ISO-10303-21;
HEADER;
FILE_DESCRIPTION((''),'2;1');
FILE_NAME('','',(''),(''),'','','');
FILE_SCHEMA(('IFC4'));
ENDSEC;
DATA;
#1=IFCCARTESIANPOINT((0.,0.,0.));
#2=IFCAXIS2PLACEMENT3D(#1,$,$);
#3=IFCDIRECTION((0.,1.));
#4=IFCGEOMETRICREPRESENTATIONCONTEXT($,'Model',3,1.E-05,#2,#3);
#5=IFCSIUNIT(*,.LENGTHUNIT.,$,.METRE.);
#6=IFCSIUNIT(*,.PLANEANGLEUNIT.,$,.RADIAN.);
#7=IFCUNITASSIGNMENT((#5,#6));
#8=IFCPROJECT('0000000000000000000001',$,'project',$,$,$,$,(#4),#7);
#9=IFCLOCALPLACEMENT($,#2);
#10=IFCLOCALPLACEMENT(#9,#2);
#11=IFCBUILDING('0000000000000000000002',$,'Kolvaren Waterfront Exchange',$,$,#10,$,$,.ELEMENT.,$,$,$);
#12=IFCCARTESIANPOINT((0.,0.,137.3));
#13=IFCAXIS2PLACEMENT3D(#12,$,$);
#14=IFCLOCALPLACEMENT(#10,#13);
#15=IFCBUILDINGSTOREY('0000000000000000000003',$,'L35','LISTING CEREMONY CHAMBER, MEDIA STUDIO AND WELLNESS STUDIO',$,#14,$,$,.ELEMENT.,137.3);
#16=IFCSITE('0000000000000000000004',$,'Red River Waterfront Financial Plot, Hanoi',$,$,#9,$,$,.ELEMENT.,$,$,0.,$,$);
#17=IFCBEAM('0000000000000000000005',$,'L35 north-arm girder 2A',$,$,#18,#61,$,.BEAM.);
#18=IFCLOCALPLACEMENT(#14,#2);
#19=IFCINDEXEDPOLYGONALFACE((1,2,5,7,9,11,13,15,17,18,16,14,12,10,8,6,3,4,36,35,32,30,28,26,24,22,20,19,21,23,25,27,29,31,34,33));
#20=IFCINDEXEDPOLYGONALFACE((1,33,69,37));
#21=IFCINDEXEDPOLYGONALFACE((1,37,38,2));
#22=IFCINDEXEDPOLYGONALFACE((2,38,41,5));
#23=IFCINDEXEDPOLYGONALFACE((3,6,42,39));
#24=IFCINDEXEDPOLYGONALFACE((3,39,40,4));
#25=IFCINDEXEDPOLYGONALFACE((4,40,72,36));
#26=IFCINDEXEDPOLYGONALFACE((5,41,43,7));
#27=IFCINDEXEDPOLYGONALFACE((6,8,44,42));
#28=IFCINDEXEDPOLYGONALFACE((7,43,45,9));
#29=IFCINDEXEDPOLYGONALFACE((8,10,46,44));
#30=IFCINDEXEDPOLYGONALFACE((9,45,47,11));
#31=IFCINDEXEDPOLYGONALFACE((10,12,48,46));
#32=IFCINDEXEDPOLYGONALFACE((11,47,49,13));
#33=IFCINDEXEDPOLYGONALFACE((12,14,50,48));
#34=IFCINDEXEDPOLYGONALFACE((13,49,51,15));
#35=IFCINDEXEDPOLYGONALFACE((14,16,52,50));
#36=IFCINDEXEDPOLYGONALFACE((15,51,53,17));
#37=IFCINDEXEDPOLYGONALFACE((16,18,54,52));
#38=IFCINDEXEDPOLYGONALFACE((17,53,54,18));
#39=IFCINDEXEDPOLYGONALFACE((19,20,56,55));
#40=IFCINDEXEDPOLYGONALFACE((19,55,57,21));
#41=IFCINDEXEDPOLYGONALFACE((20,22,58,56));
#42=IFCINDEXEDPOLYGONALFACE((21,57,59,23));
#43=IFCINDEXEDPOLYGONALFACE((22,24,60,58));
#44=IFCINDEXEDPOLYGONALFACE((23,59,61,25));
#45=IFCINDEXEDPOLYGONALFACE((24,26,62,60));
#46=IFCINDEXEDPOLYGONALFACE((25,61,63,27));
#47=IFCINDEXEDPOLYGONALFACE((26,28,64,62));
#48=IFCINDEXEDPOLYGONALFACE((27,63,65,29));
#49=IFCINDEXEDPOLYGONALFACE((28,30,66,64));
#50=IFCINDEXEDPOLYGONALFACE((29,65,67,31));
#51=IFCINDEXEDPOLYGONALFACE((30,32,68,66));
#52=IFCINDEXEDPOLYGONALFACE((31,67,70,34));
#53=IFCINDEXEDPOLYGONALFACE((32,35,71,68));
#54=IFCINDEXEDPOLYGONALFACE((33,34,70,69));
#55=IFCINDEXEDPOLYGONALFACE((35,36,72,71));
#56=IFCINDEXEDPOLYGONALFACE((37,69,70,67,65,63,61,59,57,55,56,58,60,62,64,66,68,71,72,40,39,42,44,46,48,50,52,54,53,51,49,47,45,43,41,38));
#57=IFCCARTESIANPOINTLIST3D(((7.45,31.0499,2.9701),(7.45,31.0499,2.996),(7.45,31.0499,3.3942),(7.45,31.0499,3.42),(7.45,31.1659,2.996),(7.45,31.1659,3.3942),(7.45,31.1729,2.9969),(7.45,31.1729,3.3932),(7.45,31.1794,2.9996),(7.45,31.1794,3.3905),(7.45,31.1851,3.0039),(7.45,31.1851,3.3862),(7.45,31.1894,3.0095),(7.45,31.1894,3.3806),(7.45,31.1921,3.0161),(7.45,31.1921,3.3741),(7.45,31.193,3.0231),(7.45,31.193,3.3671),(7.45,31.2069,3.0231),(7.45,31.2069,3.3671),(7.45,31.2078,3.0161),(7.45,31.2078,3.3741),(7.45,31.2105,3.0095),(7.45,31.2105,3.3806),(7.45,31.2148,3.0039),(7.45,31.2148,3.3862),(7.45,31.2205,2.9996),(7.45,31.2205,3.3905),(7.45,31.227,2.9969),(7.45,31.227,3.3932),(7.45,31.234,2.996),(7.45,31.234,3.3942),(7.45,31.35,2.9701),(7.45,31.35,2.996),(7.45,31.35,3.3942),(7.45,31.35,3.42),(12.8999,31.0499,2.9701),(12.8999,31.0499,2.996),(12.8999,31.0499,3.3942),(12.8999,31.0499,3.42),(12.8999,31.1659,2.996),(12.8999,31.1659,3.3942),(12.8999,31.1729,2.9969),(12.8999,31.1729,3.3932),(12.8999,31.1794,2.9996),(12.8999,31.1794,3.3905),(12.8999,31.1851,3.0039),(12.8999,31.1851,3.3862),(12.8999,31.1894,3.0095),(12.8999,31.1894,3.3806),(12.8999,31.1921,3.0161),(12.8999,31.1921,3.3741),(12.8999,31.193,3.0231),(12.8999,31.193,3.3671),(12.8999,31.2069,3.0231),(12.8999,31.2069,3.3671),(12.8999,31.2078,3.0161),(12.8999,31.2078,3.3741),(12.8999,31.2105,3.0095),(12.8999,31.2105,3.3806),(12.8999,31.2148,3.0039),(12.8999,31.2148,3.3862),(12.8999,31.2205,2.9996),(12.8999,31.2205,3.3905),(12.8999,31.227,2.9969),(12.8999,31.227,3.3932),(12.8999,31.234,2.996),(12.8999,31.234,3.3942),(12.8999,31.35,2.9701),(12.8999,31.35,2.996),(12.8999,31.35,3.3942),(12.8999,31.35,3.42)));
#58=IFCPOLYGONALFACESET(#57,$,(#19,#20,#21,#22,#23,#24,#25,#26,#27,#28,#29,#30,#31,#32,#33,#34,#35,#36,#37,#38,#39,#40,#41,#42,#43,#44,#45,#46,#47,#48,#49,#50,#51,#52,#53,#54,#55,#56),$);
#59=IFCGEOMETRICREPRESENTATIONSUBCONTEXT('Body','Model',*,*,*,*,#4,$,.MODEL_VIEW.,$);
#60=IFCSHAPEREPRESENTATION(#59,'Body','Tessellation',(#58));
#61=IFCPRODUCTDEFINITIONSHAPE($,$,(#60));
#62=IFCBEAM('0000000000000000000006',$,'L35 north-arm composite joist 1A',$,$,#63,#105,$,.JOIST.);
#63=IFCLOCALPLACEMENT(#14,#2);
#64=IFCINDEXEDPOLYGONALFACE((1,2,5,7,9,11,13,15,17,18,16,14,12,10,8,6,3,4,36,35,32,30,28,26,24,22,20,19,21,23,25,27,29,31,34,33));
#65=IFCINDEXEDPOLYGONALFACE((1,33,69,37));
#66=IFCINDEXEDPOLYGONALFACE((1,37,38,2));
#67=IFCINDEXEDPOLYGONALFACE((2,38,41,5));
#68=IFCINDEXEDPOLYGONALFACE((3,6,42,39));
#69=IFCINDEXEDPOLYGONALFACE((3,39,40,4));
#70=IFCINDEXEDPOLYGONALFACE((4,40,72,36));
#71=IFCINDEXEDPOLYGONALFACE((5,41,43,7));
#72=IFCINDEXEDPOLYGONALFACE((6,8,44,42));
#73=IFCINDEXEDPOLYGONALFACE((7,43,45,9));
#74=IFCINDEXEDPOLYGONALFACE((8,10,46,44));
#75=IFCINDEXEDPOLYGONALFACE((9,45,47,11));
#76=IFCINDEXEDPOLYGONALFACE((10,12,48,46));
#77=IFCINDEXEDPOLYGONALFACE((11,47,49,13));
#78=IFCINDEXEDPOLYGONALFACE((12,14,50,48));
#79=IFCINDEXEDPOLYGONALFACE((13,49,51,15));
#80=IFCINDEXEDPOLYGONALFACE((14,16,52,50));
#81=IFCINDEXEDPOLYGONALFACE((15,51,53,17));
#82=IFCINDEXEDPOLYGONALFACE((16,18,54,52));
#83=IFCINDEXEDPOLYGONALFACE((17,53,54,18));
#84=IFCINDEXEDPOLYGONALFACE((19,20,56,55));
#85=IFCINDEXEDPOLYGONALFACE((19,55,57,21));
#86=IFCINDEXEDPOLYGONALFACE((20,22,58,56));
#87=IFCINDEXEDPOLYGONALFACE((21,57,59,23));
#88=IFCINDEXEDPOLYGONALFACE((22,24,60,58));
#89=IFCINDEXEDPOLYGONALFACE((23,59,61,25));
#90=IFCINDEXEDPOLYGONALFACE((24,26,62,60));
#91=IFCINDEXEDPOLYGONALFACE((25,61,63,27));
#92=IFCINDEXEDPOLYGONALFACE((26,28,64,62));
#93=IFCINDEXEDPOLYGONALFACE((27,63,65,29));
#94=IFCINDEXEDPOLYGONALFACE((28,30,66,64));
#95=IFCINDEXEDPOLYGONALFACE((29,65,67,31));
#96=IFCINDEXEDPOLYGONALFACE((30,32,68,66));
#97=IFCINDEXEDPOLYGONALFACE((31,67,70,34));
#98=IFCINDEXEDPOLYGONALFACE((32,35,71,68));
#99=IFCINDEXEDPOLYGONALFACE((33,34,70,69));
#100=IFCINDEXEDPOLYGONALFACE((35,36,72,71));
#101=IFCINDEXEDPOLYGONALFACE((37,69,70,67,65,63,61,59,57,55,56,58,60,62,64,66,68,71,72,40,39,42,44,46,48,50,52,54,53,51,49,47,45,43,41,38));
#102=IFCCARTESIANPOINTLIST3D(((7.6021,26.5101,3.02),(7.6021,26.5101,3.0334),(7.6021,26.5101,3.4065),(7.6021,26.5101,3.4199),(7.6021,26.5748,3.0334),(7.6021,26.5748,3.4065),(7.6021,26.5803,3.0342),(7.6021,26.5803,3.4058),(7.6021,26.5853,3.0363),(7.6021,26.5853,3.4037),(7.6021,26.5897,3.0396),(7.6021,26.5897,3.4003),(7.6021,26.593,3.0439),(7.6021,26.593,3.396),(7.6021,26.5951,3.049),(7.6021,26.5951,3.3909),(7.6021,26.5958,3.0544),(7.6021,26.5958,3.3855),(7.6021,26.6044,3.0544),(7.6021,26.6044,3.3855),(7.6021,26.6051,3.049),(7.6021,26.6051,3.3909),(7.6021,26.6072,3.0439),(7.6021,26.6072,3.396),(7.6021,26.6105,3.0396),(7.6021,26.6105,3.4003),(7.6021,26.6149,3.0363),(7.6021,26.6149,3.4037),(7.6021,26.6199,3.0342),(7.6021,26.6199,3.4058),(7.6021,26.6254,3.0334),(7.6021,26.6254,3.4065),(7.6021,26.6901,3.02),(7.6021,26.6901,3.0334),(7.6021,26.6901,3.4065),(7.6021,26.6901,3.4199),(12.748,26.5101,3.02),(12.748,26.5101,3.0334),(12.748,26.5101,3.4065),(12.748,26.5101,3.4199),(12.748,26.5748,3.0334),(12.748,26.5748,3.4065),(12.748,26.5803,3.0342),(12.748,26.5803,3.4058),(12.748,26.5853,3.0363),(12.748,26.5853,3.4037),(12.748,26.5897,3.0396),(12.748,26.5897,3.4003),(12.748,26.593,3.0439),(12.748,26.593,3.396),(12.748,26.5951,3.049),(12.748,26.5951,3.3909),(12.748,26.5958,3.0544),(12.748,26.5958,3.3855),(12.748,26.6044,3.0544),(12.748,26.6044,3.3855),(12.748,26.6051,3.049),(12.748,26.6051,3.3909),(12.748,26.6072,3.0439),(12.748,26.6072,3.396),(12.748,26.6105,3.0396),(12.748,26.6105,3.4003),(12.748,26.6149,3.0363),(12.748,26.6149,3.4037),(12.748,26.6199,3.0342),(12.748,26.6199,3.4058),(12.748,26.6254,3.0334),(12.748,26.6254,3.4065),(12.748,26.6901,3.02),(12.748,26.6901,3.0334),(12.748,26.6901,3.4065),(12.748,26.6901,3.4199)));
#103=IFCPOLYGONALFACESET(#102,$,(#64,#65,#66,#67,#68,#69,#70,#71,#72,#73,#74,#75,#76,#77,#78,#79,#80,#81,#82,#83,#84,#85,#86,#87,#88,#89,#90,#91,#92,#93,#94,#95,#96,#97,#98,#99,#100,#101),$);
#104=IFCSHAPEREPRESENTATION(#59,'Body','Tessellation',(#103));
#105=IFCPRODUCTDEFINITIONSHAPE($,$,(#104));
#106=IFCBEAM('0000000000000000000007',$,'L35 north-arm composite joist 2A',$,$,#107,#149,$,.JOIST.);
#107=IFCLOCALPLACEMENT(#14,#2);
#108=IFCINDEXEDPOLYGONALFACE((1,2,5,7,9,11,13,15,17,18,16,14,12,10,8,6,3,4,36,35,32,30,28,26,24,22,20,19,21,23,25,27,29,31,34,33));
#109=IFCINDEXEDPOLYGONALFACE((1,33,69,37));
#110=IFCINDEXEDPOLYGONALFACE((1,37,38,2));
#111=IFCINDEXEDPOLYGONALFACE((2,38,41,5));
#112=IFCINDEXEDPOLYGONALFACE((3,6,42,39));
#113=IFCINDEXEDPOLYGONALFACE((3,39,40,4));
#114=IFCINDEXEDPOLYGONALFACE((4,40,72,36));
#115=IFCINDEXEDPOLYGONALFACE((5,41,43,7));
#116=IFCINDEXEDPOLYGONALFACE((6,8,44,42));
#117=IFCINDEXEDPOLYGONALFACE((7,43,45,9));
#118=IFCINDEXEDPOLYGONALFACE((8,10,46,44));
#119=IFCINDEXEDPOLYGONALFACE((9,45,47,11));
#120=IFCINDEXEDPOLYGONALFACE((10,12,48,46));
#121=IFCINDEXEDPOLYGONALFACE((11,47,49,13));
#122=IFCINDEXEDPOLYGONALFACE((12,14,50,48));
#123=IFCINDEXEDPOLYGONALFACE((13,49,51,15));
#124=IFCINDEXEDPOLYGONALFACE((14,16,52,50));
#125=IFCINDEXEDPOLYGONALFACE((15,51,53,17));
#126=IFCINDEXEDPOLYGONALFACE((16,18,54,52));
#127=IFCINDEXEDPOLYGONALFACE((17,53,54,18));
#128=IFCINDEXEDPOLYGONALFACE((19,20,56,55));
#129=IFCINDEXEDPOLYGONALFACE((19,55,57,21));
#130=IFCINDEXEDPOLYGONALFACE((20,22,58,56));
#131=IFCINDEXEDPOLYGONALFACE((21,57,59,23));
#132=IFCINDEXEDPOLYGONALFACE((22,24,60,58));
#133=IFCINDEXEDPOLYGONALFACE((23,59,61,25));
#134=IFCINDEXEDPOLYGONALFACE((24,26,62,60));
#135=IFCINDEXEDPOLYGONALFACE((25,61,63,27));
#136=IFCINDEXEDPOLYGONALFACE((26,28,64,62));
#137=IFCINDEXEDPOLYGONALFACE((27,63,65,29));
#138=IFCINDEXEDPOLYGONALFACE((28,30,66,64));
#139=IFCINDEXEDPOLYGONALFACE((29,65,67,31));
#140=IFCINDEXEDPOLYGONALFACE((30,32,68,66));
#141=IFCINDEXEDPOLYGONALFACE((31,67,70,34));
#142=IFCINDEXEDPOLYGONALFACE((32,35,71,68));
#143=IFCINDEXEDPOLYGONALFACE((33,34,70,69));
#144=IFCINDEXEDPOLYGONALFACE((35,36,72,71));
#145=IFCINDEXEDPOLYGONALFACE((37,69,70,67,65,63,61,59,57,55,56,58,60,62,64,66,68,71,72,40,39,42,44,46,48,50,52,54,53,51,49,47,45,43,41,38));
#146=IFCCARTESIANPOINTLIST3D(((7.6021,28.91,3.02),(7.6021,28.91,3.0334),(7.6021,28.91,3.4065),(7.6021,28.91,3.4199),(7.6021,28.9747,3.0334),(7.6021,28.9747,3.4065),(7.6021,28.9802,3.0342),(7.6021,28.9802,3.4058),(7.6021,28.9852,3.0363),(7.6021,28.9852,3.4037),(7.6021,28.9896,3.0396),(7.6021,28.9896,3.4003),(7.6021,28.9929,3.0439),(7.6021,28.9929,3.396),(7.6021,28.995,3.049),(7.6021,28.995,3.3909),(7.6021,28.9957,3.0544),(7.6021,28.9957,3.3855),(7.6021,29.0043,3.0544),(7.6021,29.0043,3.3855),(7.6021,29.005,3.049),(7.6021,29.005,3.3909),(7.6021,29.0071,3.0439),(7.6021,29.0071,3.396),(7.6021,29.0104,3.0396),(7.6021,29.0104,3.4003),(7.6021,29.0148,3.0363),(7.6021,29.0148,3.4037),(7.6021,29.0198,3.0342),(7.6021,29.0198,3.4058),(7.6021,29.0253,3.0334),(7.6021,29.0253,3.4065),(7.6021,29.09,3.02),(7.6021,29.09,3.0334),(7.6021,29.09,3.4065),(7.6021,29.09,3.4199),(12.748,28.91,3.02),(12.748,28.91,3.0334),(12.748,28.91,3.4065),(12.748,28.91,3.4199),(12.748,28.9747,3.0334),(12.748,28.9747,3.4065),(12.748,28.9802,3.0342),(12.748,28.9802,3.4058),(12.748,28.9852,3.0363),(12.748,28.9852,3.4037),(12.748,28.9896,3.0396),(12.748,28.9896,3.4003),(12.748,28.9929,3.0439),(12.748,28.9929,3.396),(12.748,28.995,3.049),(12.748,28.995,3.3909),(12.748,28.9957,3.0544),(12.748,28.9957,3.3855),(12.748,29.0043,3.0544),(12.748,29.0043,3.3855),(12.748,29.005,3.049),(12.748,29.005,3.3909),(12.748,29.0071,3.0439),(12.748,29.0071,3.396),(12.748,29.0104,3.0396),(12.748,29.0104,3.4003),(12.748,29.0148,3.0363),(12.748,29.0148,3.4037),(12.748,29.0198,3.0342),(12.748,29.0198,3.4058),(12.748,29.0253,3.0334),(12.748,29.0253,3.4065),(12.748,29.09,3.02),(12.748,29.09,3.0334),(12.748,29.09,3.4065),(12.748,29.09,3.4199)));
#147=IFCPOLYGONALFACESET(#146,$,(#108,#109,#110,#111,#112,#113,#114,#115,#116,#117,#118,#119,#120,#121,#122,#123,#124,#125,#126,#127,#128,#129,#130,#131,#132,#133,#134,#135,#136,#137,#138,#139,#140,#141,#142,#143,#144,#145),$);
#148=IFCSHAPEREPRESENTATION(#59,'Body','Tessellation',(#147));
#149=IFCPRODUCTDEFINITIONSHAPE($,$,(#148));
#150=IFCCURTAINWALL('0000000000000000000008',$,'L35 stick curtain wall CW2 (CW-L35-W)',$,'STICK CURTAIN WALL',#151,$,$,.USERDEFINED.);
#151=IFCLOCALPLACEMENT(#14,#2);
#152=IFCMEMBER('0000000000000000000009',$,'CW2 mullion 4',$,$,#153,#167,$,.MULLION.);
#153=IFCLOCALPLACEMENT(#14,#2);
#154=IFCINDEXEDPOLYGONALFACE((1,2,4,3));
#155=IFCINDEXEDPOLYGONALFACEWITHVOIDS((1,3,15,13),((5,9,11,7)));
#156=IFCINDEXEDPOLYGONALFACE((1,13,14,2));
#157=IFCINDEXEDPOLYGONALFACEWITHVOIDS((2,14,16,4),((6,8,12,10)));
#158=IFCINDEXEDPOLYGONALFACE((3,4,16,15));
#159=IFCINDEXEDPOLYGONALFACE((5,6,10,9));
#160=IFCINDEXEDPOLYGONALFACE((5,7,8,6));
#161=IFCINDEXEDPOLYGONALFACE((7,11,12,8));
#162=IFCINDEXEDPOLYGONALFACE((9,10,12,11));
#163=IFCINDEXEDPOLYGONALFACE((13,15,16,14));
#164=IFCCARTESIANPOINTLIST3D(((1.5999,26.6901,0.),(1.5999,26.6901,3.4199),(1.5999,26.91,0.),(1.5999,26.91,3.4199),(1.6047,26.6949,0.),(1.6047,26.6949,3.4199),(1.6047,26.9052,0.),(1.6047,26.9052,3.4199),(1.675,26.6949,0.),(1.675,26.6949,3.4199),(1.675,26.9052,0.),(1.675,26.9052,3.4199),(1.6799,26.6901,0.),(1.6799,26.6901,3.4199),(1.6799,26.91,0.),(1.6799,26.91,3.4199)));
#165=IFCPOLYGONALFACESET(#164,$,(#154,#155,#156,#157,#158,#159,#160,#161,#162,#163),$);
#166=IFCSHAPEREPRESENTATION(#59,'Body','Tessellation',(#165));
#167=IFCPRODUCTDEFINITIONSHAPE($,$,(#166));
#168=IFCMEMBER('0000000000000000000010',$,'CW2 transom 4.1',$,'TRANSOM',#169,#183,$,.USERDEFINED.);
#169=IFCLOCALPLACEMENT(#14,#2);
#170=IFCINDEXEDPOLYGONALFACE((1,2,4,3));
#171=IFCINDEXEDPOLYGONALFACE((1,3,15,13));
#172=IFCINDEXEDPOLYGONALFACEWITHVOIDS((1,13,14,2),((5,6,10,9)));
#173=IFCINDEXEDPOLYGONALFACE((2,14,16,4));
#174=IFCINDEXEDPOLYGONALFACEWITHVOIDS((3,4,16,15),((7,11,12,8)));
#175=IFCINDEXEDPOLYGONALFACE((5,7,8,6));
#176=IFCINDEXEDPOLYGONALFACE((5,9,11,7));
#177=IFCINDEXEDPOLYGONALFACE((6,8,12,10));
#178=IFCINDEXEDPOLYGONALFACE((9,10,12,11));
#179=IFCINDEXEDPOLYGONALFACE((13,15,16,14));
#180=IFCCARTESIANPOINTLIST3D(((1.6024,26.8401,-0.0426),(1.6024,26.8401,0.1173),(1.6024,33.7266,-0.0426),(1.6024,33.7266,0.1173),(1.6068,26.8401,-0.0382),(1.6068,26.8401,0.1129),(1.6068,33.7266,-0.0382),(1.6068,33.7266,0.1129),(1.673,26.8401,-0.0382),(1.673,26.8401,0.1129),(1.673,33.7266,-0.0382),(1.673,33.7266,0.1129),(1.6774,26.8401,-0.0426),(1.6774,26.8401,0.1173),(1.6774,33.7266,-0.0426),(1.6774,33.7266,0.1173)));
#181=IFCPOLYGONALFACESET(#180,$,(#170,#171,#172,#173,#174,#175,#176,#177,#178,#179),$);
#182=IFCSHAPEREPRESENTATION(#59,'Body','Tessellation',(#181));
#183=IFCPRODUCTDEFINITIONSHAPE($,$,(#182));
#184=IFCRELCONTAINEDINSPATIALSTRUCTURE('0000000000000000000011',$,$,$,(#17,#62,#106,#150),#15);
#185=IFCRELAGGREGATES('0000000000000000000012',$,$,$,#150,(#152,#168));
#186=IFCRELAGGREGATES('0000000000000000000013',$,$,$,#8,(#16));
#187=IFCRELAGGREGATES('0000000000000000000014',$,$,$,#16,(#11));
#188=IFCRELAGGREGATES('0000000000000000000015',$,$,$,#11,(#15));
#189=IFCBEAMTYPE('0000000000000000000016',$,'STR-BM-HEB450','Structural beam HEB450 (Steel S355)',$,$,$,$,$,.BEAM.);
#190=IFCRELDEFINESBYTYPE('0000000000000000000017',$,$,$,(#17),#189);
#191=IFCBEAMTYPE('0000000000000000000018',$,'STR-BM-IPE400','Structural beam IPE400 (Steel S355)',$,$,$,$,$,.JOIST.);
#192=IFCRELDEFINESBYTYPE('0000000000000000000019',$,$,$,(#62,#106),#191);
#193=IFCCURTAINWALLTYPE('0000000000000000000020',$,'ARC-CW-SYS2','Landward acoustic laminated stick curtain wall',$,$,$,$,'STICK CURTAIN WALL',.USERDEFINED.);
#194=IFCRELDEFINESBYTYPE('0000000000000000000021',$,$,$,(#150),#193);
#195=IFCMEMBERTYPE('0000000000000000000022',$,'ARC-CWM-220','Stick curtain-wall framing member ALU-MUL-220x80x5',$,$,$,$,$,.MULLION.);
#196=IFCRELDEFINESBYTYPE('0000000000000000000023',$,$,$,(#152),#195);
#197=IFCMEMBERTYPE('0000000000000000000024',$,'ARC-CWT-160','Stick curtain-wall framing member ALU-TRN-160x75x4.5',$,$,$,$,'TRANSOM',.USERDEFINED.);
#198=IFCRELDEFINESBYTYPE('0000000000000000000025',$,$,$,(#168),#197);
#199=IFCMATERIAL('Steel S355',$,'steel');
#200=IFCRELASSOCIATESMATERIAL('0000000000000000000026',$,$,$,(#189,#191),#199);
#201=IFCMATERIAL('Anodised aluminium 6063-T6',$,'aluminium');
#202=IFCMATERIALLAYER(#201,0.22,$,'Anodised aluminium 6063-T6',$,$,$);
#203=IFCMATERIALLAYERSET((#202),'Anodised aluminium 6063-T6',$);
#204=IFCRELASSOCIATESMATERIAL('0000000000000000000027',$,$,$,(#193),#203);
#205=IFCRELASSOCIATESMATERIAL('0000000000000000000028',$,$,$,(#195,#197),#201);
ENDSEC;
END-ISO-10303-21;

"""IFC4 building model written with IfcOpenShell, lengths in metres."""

from ifc_helpers import new_model, si_unit, direction, frame, origin, origin_with_axes, origin_2d, place, context, subcontext, project, spatial, hollow_rectangle, i_section, extrude, source, transform, mapped, material, layer, layer_set, material_profile, profile_set, type_object, element, aggregate, save


model = new_model("IFC4")

# Units and contexts
model_context = context("Model", 3, precision=1e-05, world=origin(), true_north=direction((0.0, 1.0)))
body_context = subcontext(model_context, "Body", "Model", "MODEL_VIEW")
ifc_project = project(units=[si_unit("LENGTHUNIT", "METRE"), si_unit("PLANEANGLEUNIT", "RADIAN")], contexts=[model_context])

# Site, building, storey
site_placement = place(None, origin())
site = spatial("IfcSite", under=ifc_project, at=site_placement, Name="Red River Waterfront Financial Plot, Hanoi", CompositionType="ELEMENT", RefElevation=0.0)
building_placement = place(site_placement, origin())
building = spatial("IfcBuilding", under=site, at=building_placement, Name="Kolvaren Waterfront Exchange", CompositionType="ELEMENT")
storey_placement = place(building_placement, frame((0.0, 0.0, 137.3)))
storey = spatial("IfcBuildingStorey", under=building, at=storey_placement, Name="L35", Description="LISTING CEREMONY CHAMBER, MEDIA STUDIO AND WELLNESS STUDIO", CompositionType="ELEMENT", Elevation=137.3)

# Beams
ifc_material_1 = material(Name="Steel S355", Category="steel")
ifc_material_profile_1 = material_profile(ifc_material_1, i_section(OverallWidth=0.3, OverallDepth=0.45, WebThickness=0.0139, FlangeThickness=0.0259, FilletRadius=0.0271, at=origin_2d()), Name="HEB450")
ifc_profile_set_1 = profile_set([ifc_material_profile_1], Name="Steel S355")
beam_type_1 = type_object("IfcBeamType", Name="STR-BM-HEB450", Description="Structural beam HEB450 (Steel S355)", PredefinedType="BEAM", material=ifc_profile_set_1)
for number, where, z_axis, x_axis, name in (
    (1, (7.45, 31.2, 3.1951), (1.0, 0.0, 0.0), (0.0, 1.0, 0.0), "L35 north-arm girder 2A"),
):
    element("IfcBeam", number, at=place(storey_placement, frame(where, z_axis=z_axis, x_axis=x_axis)), inside=storey, type_object=beam_type_1, Name=name, PredefinedType="BEAM", context=body_context, shape_type="SweptSolid", body=[
        extrude(i_section(OverallWidth=0.3, OverallDepth=0.45, WebThickness=0.0139, FlangeThickness=0.0259, FilletRadius=0.0271, at=origin_2d()), origin(), (0.0, 0.0, 1.0), 5.45),
    ])
ifc_material_profile_2 = material_profile(ifc_material_1, i_section(OverallWidth=0.1799, OverallDepth=0.3999, WebThickness=0.0085, FlangeThickness=0.0134, FilletRadius=0.021, at=origin_2d()), Name="IPE400")
ifc_profile_set_2 = profile_set([ifc_material_profile_2], Name="Steel S355")
beam_type_2 = type_object("IfcBeamType", Name="STR-BM-IPE400", Description="Structural beam IPE400 (Steel S355)", PredefinedType="JOIST", material=ifc_profile_set_2)
for number, where, z_axis, x_axis, name in (
    (2, (7.6021, 26.6001, 3.22), (1.0, 0.0, 0.0), (0.0, 1.0, 0.0), "L35 north-arm composite joist 1A"),
    (3, (7.6021, 29.0, 3.22), (1.0, 0.0, 0.0), (0.0, 1.0, 0.0), "L35 north-arm composite joist 2A"),
):
    element("IfcBeam", number, at=place(storey_placement, frame(where, z_axis=z_axis, x_axis=x_axis)), inside=storey, type_object=beam_type_2, Name=name, PredefinedType="JOIST", context=body_context, shape_type="SweptSolid", body=[
        extrude(i_section(OverallWidth=0.1799, OverallDepth=0.3999, WebThickness=0.0085, FlangeThickness=0.0134, FilletRadius=0.021, at=origin_2d()), origin(), (0.0, 0.0, 1.0), 5.146),
    ])

# Curtain wall, members
ifc_material_2 = material(Name="Anodised aluminium 6063-T6", Category="aluminium")
ifc_layer_1 = layer(ifc_material_2, 0.22, Name="Anodised aluminium 6063-T6")
ifc_layer_set_1 = layer_set([ifc_layer_1], Name="Anodised aluminium 6063-T6")
curtain_wall_type = type_object("IfcCurtainWallType", Name="ARC-CW-SYS2", Description="Landward acoustic laminated stick curtain wall", ElementType="STICK CURTAIN WALL", PredefinedType="USERDEFINED", material=ifc_layer_set_1)
curtain_wall_placement = place(storey_placement, origin())
curtain_wall = element("IfcCurtainWall", 4, at=curtain_wall_placement, inside=storey, type_object=curtain_wall_type, Name="L35 stick curtain wall CW2 (CW-L35-W)", ObjectType="STICK CURTAIN WALL", PredefinedType="USERDEFINED")
ifc_material_profile_3 = material_profile(ifc_material_2, hollow_rectangle(XDim=0.0801, YDim=0.22, WallThickness=0.0049, at=origin_2d()), Name="ALU-MUL-220x80x5")
ifc_profile_set_3 = profile_set([ifc_material_profile_3], Name="Anodised aluminium 6063-T6")
member_type_1 = type_object("IfcMemberType", Name="ARC-CWM-220", Description="Stick curtain-wall framing member ALU-MUL-220x80x5", PredefinedType="MULLION", material=ifc_profile_set_3)
shared_shape_1 = source(origin_with_axes(), body_context, "Body", "SweptSolid", [
    extrude(hollow_rectangle(XDim=0.0801, YDim=0.22, WallThickness=0.0049, at=origin_2d()), origin(), (0.0, 0.0, 1.0), 3.4199),
])
member_1_placement = place(storey_placement, frame((1.6399, 26.8, 0.0), z_axis=(0.0, 0.0, 1.0), x_axis=(-1.0, 0.0, 0.0)))
member_1 = element("IfcMember", 5, at=member_1_placement, type_object=member_type_1, Name="CW2 mullion 4", PredefinedType="MULLION", context=body_context, shape_type="MappedRepresentation", body=[
    mapped(shared_shape_1, transform((0.0, 0.0, 0.0), x_axis=(1.0, 0.0, 0.0), y_axis=(0.0, 1.0, 0.0), z_axis=(0.0, 0.0, 1.0), scale=1.0)),
])
ifc_material_profile_4 = material_profile(ifc_material_2, hollow_rectangle(XDim=0.075, YDim=0.1599, WallThickness=0.0044, at=origin_2d()), Name="ALU-TRN-160x75x4.5")
ifc_profile_set_4 = profile_set([ifc_material_profile_4], Name="Anodised aluminium 6063-T6")
member_type_2 = type_object("IfcMemberType", Name="ARC-CWT-160", Description="Stick curtain-wall framing member ALU-TRN-160x75x4.5", ElementType="TRANSOM", PredefinedType="USERDEFINED", material=ifc_profile_set_4)
shared_shape_2 = source(origin_with_axes(), body_context, "Body", "SweptSolid", [
    extrude(hollow_rectangle(XDim=0.075, YDim=0.1599, WallThickness=0.0044, at=origin_2d()), origin(), (0.0, 0.0, 1.0), 6.8865),
])
member_2_placement = place(storey_placement, frame((1.6399, 26.8401, 0.0374), z_axis=(0.0, 1.0, 0.0), x_axis=(-1.0, 0.0, 0.0)))
member_2 = element("IfcMember", 6, at=member_2_placement, type_object=member_type_2, Name="CW2 transom 4.1", ObjectType="TRANSOM", PredefinedType="USERDEFINED", context=body_context, shape_type="MappedRepresentation", body=[
    mapped(shared_shape_2, transform((0.0, 0.0, 0.0), x_axis=(1.0, 0.0, 0.0), y_axis=(0.0, 1.0, 0.0), z_axis=(0.0, 0.0, 1.0), scale=1.0)),
])
aggregate(curtain_wall, [member_1, member_2])

save(model, "model.ifc")
